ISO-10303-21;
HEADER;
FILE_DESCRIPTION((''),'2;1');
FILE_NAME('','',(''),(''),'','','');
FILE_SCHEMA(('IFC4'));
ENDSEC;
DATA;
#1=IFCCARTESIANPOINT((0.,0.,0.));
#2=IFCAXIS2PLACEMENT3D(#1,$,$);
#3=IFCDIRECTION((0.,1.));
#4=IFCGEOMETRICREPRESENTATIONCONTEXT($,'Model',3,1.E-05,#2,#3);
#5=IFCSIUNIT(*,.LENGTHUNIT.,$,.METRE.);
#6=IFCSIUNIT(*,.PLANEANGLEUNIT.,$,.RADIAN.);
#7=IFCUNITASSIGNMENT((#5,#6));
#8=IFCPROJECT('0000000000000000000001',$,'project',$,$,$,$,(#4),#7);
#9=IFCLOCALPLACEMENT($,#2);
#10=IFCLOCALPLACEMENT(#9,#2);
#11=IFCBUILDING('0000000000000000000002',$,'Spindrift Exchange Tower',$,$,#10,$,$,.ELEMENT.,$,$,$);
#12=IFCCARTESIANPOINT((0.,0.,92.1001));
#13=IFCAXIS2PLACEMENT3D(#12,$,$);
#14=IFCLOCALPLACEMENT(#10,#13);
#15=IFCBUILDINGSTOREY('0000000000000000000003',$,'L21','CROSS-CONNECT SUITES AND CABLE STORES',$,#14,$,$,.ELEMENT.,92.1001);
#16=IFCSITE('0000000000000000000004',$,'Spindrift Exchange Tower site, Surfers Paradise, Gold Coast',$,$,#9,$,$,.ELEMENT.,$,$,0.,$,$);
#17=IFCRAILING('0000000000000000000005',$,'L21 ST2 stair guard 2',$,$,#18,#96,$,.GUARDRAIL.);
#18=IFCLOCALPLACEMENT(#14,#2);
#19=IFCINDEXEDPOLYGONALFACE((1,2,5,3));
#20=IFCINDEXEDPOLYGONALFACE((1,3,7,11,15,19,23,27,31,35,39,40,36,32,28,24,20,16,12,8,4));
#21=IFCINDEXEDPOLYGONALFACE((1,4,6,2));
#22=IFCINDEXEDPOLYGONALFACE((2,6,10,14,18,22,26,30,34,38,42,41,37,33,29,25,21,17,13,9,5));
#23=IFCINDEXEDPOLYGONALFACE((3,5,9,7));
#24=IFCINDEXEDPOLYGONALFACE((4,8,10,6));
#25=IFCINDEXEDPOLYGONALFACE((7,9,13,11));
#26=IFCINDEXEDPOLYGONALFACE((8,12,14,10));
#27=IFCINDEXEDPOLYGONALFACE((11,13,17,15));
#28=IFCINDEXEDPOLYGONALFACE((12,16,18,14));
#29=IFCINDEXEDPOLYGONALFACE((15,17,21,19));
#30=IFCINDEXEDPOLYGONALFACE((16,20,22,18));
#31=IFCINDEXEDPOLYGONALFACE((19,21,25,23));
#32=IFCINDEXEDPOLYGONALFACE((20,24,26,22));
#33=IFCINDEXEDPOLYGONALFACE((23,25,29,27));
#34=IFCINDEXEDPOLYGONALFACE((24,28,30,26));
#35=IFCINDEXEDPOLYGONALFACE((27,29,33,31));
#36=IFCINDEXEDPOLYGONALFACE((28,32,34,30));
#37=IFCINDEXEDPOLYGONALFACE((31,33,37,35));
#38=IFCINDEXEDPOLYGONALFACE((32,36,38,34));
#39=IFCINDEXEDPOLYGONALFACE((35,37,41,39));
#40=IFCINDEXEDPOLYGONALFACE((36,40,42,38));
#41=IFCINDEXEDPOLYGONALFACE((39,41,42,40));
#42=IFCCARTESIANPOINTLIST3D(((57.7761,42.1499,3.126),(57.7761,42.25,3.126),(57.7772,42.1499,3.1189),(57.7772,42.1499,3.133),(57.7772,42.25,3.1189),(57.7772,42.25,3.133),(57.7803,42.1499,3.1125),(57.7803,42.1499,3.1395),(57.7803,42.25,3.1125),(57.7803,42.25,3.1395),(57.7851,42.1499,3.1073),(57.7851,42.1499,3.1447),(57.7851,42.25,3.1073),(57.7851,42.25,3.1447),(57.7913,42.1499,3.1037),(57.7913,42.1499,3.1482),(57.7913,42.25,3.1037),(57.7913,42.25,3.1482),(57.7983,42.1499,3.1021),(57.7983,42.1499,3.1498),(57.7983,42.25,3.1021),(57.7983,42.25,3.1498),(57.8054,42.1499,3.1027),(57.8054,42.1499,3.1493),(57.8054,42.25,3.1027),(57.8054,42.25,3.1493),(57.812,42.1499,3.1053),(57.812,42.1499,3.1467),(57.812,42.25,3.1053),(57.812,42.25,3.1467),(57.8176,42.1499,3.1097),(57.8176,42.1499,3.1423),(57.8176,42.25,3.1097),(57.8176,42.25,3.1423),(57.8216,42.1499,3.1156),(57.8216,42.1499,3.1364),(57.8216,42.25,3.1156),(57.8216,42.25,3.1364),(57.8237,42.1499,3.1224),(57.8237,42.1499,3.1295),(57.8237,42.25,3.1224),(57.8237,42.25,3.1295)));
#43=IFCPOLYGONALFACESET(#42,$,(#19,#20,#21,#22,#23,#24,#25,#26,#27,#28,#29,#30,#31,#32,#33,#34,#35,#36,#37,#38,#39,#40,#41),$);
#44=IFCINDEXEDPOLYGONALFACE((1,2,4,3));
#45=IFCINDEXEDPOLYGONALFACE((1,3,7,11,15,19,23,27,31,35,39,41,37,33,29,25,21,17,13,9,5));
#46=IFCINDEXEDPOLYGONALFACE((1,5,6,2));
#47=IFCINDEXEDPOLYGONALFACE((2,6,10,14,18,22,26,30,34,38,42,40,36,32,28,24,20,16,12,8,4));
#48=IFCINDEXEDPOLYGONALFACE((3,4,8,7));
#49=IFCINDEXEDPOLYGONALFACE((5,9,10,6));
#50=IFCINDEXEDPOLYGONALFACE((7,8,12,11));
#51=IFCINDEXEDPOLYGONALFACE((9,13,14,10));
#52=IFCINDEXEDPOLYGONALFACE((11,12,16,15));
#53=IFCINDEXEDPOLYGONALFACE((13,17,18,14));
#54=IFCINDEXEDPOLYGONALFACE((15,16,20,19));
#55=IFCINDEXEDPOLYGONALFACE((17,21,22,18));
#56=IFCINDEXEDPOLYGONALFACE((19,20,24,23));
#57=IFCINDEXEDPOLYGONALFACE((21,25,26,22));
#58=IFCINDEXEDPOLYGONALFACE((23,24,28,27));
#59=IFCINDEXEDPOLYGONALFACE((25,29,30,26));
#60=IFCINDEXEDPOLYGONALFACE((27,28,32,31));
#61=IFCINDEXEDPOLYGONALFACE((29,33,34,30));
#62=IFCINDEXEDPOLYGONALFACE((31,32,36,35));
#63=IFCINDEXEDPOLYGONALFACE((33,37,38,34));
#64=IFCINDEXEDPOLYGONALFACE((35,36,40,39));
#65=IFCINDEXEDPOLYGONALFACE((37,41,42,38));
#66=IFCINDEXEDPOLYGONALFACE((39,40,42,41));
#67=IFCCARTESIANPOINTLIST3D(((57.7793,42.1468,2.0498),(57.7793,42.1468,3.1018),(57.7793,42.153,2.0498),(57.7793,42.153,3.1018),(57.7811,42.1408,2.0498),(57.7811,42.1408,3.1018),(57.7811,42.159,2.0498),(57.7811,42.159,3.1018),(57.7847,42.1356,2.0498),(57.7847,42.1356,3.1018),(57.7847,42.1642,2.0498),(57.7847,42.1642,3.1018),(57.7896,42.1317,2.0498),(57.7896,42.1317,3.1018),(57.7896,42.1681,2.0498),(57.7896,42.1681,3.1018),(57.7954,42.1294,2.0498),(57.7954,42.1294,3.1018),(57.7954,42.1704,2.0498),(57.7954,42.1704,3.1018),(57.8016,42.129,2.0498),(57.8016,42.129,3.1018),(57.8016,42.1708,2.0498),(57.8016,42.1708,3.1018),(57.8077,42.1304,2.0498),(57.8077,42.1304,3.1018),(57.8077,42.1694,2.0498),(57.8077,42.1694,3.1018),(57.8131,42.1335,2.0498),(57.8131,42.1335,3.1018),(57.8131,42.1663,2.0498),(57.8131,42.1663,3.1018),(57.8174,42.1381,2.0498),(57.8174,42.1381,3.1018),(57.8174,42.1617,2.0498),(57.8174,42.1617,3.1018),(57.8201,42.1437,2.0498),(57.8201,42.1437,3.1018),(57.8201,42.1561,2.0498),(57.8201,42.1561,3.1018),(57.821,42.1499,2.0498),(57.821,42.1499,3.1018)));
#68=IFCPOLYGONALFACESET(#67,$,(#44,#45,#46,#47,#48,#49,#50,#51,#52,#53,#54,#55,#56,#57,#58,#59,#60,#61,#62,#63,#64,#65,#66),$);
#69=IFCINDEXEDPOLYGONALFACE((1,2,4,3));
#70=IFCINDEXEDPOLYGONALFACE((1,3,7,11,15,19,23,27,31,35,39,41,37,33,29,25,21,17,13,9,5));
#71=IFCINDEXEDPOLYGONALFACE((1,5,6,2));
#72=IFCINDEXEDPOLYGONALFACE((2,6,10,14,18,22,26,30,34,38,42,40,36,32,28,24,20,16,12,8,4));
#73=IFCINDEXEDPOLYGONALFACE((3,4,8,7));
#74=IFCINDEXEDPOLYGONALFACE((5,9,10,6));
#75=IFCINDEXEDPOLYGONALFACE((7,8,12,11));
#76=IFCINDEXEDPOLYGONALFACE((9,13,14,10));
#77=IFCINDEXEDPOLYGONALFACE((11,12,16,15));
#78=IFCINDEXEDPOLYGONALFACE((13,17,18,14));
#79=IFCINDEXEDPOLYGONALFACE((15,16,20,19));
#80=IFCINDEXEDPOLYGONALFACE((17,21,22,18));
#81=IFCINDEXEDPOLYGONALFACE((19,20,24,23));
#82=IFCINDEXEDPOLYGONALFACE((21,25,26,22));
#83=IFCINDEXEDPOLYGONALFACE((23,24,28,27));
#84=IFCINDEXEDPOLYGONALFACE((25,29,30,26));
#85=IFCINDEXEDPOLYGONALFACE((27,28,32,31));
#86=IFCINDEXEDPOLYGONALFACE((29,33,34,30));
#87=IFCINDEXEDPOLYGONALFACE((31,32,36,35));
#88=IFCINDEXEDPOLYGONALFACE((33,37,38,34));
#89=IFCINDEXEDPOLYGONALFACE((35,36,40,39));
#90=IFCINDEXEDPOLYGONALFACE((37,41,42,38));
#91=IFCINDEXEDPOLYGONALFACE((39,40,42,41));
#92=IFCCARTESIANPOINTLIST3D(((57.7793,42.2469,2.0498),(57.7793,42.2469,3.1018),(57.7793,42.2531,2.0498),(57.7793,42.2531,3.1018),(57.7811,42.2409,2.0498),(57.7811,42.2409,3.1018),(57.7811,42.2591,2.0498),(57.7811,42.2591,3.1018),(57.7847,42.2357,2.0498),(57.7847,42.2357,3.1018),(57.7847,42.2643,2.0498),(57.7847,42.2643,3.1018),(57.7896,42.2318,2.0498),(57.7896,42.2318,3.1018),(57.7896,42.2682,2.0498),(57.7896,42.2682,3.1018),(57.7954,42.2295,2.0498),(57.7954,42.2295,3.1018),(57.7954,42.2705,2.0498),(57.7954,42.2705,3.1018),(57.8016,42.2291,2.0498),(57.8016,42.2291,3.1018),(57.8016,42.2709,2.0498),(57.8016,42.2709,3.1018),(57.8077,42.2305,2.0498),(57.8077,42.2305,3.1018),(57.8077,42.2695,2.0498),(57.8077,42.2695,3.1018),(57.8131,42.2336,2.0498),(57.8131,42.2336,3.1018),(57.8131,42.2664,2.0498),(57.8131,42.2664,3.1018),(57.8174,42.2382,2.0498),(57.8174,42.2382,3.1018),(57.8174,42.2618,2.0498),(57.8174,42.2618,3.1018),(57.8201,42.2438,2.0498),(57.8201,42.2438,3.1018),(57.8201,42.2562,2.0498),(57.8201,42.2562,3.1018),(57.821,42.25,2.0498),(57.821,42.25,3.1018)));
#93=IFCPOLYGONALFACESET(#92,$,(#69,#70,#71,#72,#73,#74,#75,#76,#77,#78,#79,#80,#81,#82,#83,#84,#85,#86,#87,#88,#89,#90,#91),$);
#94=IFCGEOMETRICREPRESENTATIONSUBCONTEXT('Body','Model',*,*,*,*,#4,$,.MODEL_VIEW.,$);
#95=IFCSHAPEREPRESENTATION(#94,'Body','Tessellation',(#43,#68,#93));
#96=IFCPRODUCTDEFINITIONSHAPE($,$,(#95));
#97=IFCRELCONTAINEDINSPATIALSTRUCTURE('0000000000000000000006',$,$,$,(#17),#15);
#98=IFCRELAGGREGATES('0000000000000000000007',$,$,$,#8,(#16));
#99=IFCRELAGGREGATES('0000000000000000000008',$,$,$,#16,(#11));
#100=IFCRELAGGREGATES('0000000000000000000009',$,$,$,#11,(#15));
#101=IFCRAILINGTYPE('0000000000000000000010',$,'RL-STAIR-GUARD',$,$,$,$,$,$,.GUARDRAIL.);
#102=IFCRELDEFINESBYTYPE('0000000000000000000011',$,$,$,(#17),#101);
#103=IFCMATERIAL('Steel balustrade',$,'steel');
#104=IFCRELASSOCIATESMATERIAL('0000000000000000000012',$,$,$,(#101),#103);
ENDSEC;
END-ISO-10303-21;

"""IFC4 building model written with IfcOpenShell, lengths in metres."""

from ifc_helpers import new_model, si_unit, direction, frame, origin, origin_2d, place, context, subcontext, project, spatial, circle, extrude, material, type_object, element, save


model = new_model("IFC4")

# Units and contexts
model_context = context("Model", 3, precision=1e-05, world=origin(), true_north=direction((0.0, 1.0)))
body_context = subcontext(model_context, "Body", "Model", "MODEL_VIEW")
ifc_project = project(units=[si_unit("LENGTHUNIT", "METRE"), si_unit("PLANEANGLEUNIT", "RADIAN")], contexts=[model_context])

# Site, building, storey
site_placement = place(None, origin())
site = spatial("IfcSite", under=ifc_project, at=site_placement, Name="Spindrift Exchange Tower site, Surfers Paradise, Gold Coast", CompositionType="ELEMENT", RefElevation=0.0)
building_placement = place(site_placement, origin())
building = spatial("IfcBuilding", under=site, at=building_placement, Name="Spindrift Exchange Tower", CompositionType="ELEMENT")
storey_placement = place(building_placement, frame((0.0, 0.0, 92.1001)))
storey = spatial("IfcBuildingStorey", under=building, at=storey_placement, Name="L21", Description="CROSS-CONNECT SUITES AND CABLE STORES", CompositionType="ELEMENT", Elevation=92.1001)

# Railing
ifc_material_1 = material(Name="Steel balustrade", Category="steel")
railing_type_1 = type_object("IfcRailingType", Name="RL-STAIR-GUARD", PredefinedType="GUARDRAIL", material=ifc_material_1)
railing_1_placement = place(storey_placement, frame((57.8, 42.1499, 2.0498)))
element("IfcRailing", 1, at=railing_1_placement, inside=storey, type_object=railing_type_1, Name="L21 ST2 stair guard 2", PredefinedType="GUARDRAIL", context=body_context, shape_type="SweptSolid", body=[
    extrude(circle(Radius=0.0239, at=origin_2d()), frame((0.0, 0.0, 1.0762), z_axis=(0.0, 1.0, 0.0), x_axis=(-1.0, 0.0, 0.0)), (0.0, 0.0, 1.0), 0.1001),
    extrude(circle(Radius=0.021, at=origin_2d()), origin(), (0.0, 0.0, 1.0), 1.052),
    extrude(circle(Radius=0.021, at=origin_2d()), frame((0.0, 0.1001, 0.0)), (0.0, 0.0, 1.0), 1.052),
])

save(model, "model.ifc")
